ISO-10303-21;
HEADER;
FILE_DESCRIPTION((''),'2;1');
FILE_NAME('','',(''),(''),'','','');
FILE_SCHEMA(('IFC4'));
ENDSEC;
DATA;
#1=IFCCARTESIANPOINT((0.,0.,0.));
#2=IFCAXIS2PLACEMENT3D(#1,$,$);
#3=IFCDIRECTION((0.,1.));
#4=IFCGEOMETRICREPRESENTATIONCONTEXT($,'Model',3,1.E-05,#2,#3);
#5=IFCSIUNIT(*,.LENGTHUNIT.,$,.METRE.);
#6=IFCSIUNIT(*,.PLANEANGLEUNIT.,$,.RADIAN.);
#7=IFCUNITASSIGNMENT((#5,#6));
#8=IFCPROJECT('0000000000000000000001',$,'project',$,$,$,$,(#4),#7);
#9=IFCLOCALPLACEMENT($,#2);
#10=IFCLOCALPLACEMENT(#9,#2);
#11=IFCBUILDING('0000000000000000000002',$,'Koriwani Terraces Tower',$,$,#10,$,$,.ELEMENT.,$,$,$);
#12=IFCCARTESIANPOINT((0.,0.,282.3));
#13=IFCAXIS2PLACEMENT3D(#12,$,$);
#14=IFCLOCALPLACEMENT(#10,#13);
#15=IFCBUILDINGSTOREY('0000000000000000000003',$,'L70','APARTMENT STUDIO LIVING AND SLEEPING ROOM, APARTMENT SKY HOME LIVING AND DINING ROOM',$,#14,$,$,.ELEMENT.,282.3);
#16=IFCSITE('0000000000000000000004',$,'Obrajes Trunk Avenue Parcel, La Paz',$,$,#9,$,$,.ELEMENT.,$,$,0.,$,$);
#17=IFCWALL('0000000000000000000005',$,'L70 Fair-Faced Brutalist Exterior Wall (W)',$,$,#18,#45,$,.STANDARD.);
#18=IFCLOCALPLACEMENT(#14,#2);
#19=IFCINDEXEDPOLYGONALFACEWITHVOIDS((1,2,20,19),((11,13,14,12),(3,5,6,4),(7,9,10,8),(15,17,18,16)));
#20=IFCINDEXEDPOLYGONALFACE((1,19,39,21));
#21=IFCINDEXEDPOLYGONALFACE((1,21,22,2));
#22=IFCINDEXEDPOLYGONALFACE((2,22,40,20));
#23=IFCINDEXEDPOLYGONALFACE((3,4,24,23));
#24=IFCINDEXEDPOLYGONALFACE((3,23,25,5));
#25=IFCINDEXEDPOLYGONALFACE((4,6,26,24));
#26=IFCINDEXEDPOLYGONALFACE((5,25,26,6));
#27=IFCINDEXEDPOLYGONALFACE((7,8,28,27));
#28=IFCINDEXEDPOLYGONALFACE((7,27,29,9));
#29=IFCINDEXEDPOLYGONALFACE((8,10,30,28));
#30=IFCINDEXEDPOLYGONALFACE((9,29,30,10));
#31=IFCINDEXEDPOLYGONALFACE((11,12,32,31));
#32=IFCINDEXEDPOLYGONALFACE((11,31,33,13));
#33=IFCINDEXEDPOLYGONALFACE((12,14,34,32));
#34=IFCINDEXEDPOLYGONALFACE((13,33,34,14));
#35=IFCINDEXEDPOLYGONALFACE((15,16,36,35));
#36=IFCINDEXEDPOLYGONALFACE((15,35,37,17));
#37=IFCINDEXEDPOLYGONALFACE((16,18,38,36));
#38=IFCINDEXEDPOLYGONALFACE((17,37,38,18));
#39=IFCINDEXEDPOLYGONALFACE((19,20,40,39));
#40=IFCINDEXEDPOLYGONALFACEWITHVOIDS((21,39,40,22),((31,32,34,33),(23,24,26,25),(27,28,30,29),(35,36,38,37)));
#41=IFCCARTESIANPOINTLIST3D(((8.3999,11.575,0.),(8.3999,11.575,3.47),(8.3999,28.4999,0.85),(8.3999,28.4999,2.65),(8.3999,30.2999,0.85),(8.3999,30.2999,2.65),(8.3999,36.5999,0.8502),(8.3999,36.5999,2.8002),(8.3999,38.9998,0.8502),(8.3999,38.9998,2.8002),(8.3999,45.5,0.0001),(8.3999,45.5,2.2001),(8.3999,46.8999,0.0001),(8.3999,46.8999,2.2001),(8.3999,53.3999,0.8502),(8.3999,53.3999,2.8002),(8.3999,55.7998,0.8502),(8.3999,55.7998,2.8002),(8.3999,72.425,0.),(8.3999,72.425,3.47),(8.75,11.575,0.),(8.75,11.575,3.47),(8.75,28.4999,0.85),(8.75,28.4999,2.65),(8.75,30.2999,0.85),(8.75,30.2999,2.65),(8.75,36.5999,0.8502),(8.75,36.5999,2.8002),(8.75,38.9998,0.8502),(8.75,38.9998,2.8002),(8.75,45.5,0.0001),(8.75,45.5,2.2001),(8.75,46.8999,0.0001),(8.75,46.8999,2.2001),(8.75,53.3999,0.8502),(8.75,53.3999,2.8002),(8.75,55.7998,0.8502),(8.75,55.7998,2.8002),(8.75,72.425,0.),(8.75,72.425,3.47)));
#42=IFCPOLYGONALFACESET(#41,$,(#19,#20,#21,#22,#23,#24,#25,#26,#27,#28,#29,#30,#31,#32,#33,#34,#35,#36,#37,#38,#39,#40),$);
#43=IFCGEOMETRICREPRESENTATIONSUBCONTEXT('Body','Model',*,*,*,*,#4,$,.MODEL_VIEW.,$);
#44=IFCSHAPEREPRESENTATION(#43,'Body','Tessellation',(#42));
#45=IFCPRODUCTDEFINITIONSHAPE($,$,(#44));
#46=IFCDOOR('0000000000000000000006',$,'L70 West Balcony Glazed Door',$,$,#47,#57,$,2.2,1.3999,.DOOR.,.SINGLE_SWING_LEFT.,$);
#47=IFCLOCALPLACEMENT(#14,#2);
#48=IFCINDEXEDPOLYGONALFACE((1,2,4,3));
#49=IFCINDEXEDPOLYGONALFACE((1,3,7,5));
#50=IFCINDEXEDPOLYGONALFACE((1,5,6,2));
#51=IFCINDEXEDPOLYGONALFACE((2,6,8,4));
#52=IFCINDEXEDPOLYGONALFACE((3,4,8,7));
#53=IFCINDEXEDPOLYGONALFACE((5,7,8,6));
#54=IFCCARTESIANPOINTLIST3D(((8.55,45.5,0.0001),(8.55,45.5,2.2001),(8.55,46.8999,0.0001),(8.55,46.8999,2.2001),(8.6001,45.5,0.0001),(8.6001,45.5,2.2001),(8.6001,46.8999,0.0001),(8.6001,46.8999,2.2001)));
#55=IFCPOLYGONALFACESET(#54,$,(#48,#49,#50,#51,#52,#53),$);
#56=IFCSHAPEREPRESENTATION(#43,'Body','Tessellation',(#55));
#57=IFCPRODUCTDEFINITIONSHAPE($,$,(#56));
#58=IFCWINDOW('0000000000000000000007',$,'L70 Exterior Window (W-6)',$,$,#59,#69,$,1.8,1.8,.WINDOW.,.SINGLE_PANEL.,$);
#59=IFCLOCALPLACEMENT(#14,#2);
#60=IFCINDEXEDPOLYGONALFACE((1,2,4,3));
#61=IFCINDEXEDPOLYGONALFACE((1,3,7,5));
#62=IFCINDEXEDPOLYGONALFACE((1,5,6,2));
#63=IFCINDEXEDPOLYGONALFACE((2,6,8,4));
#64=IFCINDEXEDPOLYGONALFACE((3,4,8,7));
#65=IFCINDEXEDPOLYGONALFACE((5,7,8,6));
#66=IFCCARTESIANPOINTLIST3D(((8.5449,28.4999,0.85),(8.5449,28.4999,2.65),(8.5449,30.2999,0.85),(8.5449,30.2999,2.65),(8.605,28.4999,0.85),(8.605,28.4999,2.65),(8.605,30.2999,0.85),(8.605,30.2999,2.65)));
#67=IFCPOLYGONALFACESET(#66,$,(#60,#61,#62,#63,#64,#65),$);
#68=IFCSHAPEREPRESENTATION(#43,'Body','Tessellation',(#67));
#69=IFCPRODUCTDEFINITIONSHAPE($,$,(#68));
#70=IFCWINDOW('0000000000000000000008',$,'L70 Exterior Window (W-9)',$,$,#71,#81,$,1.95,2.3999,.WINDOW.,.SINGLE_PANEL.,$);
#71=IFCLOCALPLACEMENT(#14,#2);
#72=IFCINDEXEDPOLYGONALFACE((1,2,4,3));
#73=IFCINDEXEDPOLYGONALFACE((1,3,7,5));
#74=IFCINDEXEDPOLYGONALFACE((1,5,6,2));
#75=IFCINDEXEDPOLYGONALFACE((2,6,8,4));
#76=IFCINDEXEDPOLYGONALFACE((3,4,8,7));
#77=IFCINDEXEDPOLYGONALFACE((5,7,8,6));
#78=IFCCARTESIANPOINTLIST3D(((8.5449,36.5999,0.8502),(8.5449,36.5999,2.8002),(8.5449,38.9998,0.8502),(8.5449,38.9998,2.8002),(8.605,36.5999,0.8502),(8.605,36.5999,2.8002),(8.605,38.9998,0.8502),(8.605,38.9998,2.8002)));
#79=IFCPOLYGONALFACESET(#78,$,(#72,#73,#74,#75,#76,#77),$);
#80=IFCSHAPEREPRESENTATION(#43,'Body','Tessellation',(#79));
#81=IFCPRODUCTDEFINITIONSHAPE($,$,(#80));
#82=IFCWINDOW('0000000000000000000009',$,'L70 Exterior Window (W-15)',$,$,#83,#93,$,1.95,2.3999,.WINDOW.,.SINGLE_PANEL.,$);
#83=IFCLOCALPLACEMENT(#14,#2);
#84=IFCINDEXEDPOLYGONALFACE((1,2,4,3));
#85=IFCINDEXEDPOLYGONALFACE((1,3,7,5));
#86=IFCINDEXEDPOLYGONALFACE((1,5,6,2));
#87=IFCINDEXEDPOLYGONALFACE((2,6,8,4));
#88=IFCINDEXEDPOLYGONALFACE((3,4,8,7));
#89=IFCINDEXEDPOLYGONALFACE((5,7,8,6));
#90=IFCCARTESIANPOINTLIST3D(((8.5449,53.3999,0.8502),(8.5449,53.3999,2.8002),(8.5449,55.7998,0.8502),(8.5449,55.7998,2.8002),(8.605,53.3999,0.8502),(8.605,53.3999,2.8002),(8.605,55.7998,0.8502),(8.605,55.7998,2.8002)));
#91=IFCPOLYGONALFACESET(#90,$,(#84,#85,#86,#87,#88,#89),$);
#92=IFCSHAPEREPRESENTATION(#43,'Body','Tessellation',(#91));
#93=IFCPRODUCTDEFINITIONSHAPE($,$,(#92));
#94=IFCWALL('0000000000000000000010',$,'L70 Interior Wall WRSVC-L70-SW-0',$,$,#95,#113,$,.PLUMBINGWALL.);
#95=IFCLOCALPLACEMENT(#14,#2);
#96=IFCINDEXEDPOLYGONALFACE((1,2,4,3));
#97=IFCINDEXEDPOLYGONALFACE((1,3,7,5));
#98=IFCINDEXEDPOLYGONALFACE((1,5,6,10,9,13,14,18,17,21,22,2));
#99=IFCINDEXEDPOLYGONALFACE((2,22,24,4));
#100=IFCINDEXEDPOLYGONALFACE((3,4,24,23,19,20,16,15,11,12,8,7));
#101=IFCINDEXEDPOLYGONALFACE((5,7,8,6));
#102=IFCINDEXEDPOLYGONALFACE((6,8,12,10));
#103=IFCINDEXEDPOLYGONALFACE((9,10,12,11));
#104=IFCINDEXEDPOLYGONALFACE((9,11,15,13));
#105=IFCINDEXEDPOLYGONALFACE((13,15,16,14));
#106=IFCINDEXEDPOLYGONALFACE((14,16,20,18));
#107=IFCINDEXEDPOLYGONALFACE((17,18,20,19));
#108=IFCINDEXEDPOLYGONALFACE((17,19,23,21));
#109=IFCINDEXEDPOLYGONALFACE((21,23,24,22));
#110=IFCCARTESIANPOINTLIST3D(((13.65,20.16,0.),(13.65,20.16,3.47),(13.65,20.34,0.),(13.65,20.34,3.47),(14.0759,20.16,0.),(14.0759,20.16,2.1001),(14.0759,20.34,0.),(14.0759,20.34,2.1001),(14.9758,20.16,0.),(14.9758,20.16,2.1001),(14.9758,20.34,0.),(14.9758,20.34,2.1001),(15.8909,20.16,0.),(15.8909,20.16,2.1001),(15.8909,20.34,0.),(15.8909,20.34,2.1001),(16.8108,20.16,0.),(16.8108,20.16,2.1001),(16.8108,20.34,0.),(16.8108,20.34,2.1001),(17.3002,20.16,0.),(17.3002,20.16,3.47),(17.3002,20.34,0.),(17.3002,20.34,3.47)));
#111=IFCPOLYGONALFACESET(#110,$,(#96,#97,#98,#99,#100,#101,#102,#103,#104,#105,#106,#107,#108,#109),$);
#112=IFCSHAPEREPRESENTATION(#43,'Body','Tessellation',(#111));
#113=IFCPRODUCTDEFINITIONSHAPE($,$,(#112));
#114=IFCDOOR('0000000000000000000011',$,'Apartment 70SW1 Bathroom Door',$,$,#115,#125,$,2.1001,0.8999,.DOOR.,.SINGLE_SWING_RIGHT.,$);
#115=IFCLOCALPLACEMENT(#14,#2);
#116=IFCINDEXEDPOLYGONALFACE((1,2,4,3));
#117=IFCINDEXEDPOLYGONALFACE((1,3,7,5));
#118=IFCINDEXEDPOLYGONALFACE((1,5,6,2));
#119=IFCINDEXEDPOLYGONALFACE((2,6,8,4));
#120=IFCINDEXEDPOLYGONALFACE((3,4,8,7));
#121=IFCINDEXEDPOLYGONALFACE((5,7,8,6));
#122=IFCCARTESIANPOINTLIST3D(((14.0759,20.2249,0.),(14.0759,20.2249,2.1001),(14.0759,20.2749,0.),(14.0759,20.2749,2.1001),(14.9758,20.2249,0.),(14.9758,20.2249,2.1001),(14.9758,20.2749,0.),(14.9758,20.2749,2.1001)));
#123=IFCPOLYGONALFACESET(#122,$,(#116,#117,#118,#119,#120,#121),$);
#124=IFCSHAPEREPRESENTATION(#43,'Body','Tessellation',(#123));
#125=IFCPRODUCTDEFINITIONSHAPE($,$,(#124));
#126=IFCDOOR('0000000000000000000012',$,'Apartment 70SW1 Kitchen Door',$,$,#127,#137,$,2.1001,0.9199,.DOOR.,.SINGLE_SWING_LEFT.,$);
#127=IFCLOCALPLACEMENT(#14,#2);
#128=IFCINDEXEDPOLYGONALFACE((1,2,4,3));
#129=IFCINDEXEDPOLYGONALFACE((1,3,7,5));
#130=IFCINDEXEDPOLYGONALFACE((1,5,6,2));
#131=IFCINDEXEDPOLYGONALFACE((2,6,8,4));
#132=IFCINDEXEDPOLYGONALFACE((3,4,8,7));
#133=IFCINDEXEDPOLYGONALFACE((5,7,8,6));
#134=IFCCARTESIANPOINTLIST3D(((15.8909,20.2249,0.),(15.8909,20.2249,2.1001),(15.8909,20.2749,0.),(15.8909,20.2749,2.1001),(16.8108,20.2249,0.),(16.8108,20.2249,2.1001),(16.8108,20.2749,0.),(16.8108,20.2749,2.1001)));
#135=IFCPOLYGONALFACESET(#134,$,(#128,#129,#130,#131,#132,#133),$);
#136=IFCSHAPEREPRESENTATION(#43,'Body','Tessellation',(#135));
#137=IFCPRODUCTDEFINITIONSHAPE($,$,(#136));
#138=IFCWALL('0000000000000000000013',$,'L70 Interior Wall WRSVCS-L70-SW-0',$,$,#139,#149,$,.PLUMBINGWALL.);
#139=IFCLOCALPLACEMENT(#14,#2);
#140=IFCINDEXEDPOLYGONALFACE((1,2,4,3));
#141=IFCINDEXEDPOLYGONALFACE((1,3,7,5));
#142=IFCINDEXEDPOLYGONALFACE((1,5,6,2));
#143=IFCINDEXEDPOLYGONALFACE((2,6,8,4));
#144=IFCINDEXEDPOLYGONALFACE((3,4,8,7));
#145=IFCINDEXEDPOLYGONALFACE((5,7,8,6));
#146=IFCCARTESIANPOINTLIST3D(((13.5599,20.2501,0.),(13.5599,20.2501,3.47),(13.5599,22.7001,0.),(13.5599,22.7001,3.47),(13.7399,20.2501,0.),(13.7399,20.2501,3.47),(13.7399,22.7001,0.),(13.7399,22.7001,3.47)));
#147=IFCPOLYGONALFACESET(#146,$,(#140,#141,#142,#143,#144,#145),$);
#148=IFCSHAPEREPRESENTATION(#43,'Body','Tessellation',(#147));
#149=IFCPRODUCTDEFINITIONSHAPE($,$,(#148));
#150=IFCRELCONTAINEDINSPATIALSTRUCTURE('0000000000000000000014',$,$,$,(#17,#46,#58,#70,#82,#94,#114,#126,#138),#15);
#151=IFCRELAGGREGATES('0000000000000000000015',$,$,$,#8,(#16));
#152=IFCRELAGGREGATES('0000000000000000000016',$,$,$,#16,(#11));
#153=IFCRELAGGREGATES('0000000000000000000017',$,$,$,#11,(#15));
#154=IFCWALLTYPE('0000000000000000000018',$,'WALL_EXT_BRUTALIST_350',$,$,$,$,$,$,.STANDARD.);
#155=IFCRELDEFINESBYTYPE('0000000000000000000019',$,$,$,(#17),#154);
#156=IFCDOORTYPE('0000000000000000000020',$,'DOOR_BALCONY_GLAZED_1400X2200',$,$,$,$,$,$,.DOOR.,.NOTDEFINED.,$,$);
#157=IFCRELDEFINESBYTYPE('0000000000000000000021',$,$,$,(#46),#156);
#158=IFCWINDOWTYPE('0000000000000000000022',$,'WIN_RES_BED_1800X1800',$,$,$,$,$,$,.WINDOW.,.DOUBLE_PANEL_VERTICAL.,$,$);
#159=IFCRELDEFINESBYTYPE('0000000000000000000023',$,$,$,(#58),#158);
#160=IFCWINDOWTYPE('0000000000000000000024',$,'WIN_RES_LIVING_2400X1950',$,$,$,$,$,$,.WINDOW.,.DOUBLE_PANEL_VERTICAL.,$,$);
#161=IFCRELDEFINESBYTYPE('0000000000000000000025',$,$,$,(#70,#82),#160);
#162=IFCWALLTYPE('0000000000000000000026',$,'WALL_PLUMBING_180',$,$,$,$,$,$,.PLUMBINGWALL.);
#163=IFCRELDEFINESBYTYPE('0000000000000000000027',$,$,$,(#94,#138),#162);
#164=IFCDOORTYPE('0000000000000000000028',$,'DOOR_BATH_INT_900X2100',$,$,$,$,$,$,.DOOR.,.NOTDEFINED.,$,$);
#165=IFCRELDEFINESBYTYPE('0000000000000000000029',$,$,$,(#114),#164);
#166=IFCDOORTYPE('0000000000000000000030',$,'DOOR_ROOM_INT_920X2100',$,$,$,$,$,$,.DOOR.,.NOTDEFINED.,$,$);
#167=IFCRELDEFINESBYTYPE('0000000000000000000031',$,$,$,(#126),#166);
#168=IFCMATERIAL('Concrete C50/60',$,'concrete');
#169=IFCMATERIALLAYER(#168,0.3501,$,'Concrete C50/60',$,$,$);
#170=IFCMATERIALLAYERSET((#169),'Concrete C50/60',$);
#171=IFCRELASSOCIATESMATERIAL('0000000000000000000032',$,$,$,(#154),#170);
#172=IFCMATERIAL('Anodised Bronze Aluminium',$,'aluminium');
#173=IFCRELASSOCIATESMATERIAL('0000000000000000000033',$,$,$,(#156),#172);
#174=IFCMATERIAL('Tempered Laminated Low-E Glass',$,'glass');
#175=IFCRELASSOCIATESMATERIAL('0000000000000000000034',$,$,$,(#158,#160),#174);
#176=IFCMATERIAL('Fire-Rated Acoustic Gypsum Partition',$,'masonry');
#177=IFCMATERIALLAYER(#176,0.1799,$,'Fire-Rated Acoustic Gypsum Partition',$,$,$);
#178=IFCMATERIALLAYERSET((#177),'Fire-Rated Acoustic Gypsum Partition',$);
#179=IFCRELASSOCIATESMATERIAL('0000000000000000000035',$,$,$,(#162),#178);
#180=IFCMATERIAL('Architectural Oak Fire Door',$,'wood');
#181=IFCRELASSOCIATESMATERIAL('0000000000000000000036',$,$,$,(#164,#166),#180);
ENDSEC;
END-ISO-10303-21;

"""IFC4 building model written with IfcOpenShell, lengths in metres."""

from ifc_helpers import new_model, si_unit, direction, frame, frame_2d, origin, place, context, subcontext, project, spatial, rectangle, extrude, material, layer, layer_set, type_object, element, fill, save


model = new_model("IFC4")

# Units and contexts
model_context = context("Model", 3, precision=1e-05, world=origin(), true_north=direction((0.0, 1.0)))
body_context = subcontext(model_context, "Body", "Model", "MODEL_VIEW")
ifc_project = project(units=[si_unit("LENGTHUNIT", "METRE"), si_unit("PLANEANGLEUNIT", "RADIAN")], contexts=[model_context])

# Site, building, storey
site_placement = place(None, origin())
site = spatial("IfcSite", under=ifc_project, at=site_placement, Name="Obrajes Trunk Avenue Parcel, La Paz", CompositionType="ELEMENT", RefElevation=0.0)
building_placement = place(site_placement, origin())
building = spatial("IfcBuilding", under=site, at=building_placement, Name="Koriwani Terraces Tower", CompositionType="ELEMENT")
storey_placement = place(building_placement, frame((0.0, 0.0, 282.3)))
storey = spatial("IfcBuildingStorey", under=building, at=storey_placement, Name="L70", Description="APARTMENT STUDIO LIVING AND SLEEPING ROOM, APARTMENT SKY HOME LIVING AND DINING ROOM", CompositionType="ELEMENT", Elevation=282.3)

# Shared definitions
ifc_material_1 = material(Name="Concrete C50/60", Category="concrete")

# Shared definitions
ifc_material_2 = material(Name="Architectural Oak Fire Door", Category="wood")

# Shared definitions
ifc_layer_1 = layer(ifc_material_1, 0.3501, Name="Concrete C50/60")
ifc_layer_set_1 = layer_set([ifc_layer_1], Name="Concrete C50/60")
wall_type_1 = type_object("IfcWallType", Name="WALL_EXT_BRUTALIST_350", PredefinedType="STANDARD", material=ifc_layer_set_1)

# Wall, openings, door, windows
wall_1_placement = place(storey_placement, frame((8.575, 11.575, 0.0), z_axis=(0.0, 0.0, 1.0), x_axis=(0.0, 1.0, 0.0)))
wall_1 = element("IfcWall", 1, at=wall_1_placement, inside=storey, type_object=wall_type_1, Name="L70 Fair-Faced Brutalist Exterior Wall (W)", PredefinedType="STANDARD", context=body_context, shape_type="SweptSolid", body=[
    extrude(rectangle(XDim=60.8501, YDim=0.3501, at=frame_2d((30.425, 0.0))), origin(), (0.0, 0.0, 1.0), 3.47),
])
opening_1_placement = place(wall_1_placement, frame((33.925, 0.0, 0.0)))
opening_1 = element("IfcOpeningElement", 2, at=opening_1_placement, cuts=wall_1, PredefinedType="OPENING", context=body_context, shape_type="SweptSolid", body=[
    extrude(rectangle(XDim=1.3999, YDim=2.2, at=frame_2d((0.7, 1.1001))), frame((0.0, 0.1851, 0.0), z_axis=(0.0, -1.0, 0.0), x_axis=(1.0, 0.0, 0.0)), (0.0, 0.0, 1.0), 0.3701),
])
opening_2_placement = place(wall_1_placement, frame((16.925, 0.0, 0.8501)))
opening_2 = element("IfcOpeningElement", 3, at=opening_2_placement, cuts=wall_1, PredefinedType="OPENING", context=body_context, shape_type="SweptSolid", body=[
    extrude(rectangle(XDim=1.8, YDim=1.8, at=frame_2d((0.8999, 0.8999))), frame((0.0, 0.1851, 0.0), z_axis=(0.0, -1.0, 0.0), x_axis=(1.0, 0.0, 0.0)), (0.0, 0.0, 1.0), 0.3701),
])
opening_3_placement = place(wall_1_placement, frame((25.0249, 0.0, 0.8501)))
opening_3 = element("IfcOpeningElement", 4, at=opening_3_placement, cuts=wall_1, PredefinedType="OPENING", context=body_context, shape_type="SweptSolid", body=[
    extrude(rectangle(XDim=2.3999, YDim=1.95, at=frame_2d((1.2, 0.9751))), frame((0.0, 0.1851, 0.0), z_axis=(0.0, -1.0, 0.0), x_axis=(1.0, 0.0, 0.0)), (0.0, 0.0, 1.0), 0.3701),
])
opening_4_placement = place(wall_1_placement, frame((41.825, 0.0, 0.8501)))
opening_4 = element("IfcOpeningElement", 5, at=opening_4_placement, cuts=wall_1, PredefinedType="OPENING", context=body_context, shape_type="SweptSolid", body=[
    extrude(rectangle(XDim=2.3999, YDim=1.95, at=frame_2d((1.2, 0.9751))), frame((0.0, 0.1851, 0.0), z_axis=(0.0, -1.0, 0.0), x_axis=(1.0, 0.0, 0.0)), (0.0, 0.0, 1.0), 0.3701),
])
ifc_material_3 = material(Name="Anodised Bronze Aluminium", Category="aluminium")
door_type_1 = type_object("IfcDoorType", Name="DOOR_BALCONY_GLAZED_1400X2200", OperationType="NOTDEFINED", PredefinedType="DOOR", material=ifc_material_3)
door_1_placement = place(opening_1_placement, origin())
door_1 = element("IfcDoor", 6, at=door_1_placement, inside=storey, type_object=door_type_1, Name="L70 West Balcony Glazed Door", OperationType="SINGLE_SWING_LEFT", OverallHeight=2.2, OverallWidth=1.3999, PredefinedType="DOOR", context=body_context, shape_type="SweptSolid", body=[
    extrude(rectangle(XDim=1.3999, YDim=2.2, at=frame_2d((0.7, 1.1001))), frame((0.0, 0.0249, 0.0), z_axis=(0.0, -1.0, 0.0), x_axis=(1.0, 0.0, 0.0)), (0.0, 0.0, 1.0), 0.05),
])
fill(opening_1, door_1)
ifc_material_4 = material(Name="Tempered Laminated Low-E Glass", Category="glass")
window_type_1 = type_object("IfcWindowType", Name="WIN_RES_BED_1800X1800", PartitioningType="DOUBLE_PANEL_VERTICAL", PredefinedType="WINDOW", material=ifc_material_4)
window_1_placement = place(opening_2_placement, origin())
window_1 = element("IfcWindow", 7, at=window_1_placement, inside=storey, type_object=window_type_1, Name="L70 Exterior Window (W-6)", OverallHeight=1.8, OverallWidth=1.8, PartitioningType="SINGLE_PANEL", PredefinedType="WINDOW", context=body_context, shape_type="SweptSolid", body=[
    extrude(rectangle(XDim=1.8, YDim=1.8, at=frame_2d((0.8999, 0.8999))), frame((0.0, 0.03, 0.0), z_axis=(0.0, -1.0, 0.0), x_axis=(1.0, 0.0, 0.0)), (0.0, 0.0, 1.0), 0.0601),
])
fill(opening_2, window_1)
window_type_2 = type_object("IfcWindowType", Name="WIN_RES_LIVING_2400X1950", PartitioningType="DOUBLE_PANEL_VERTICAL", PredefinedType="WINDOW", material=ifc_material_4)
window_2_placement = place(opening_3_placement, origin())
window_2 = element("IfcWindow", 8, at=window_2_placement, inside=storey, type_object=window_type_2, Name="L70 Exterior Window (W-9)", OverallHeight=1.95, OverallWidth=2.3999, PartitioningType="SINGLE_PANEL", PredefinedType="WINDOW", context=body_context, shape_type="SweptSolid", body=[
    extrude(rectangle(XDim=2.3999, YDim=1.95, at=frame_2d((1.2, 0.9751))), frame((0.0, 0.03, 0.0), z_axis=(0.0, -1.0, 0.0), x_axis=(1.0, 0.0, 0.0)), (0.0, 0.0, 1.0), 0.0601),
])
fill(opening_3, window_2)
window_3_placement = place(opening_4_placement, origin())
window_3 = element("IfcWindow", 9, at=window_3_placement, inside=storey, type_object=window_type_2, Name="L70 Exterior Window (W-15)", OverallHeight=1.95, OverallWidth=2.3999, PartitioningType="SINGLE_PANEL", PredefinedType="WINDOW", context=body_context, shape_type="SweptSolid", body=[
    extrude(rectangle(XDim=2.3999, YDim=1.95, at=frame_2d((1.2, 0.9751))), frame((0.0, 0.03, 0.0), z_axis=(0.0, -1.0, 0.0), x_axis=(1.0, 0.0, 0.0)), (0.0, 0.0, 1.0), 0.0601),
])
fill(opening_4, window_3)

# Wall, openings, doors
ifc_material_5 = material(Name="Fire-Rated Acoustic Gypsum Partition", Category="masonry")
ifc_layer_2 = layer(ifc_material_5, 0.1799, Name="Fire-Rated Acoustic Gypsum Partition")
ifc_layer_set_2 = layer_set([ifc_layer_2], Name="Fire-Rated Acoustic Gypsum Partition")
wall_type_2 = type_object("IfcWallType", Name="WALL_PLUMBING_180", PredefinedType="PLUMBINGWALL", material=ifc_layer_set_2)
wall_2_placement = place(storey_placement, frame((13.6499, 20.25, 0.0), z_axis=(0.0, 0.0, 1.0), x_axis=(1.0, 0.0, 0.0)))
wall_2 = element("IfcWall", 10, at=wall_2_placement, inside=storey, type_object=wall_type_2, Name="L70 Interior Wall WRSVC-L70-SW-0", PredefinedType="PLUMBINGWALL", context=body_context, shape_type="SweptSolid", body=[
    extrude(rectangle(XDim=3.6501, YDim=0.1799, at=frame_2d((1.8252, 0.0))), origin(), (0.0, 0.0, 1.0), 3.47),
])
opening_5_placement = place(wall_2_placement, frame((0.426, 0.0, 0.0)))
opening_5 = element("IfcOpeningElement", 11, at=opening_5_placement, cuts=wall_2, PredefinedType="OPENING", context=body_context, shape_type="SweptSolid", body=[
    extrude(rectangle(XDim=0.8999, YDim=2.1001, at=frame_2d((0.45, 1.05))), frame((0.0, 0.1001, 0.0), z_axis=(0.0, -1.0, 0.0), x_axis=(1.0, 0.0, 0.0)), (0.0, 0.0, 1.0), 0.2),
])
opening_6_placement = place(wall_2_placement, frame((2.241, 0.0, 0.0)))
opening_6 = element("IfcOpeningElement", 12, at=opening_6_placement, cuts=wall_2, PredefinedType="OPENING", context=body_context, shape_type="SweptSolid", body=[
    extrude(rectangle(XDim=0.9199, YDim=2.1001, at=frame_2d((0.46, 1.05))), frame((0.0, 0.1001, 0.0), z_axis=(0.0, -1.0, 0.0), x_axis=(1.0, 0.0, 0.0)), (0.0, 0.0, 1.0), 0.2),
])
door_type_2 = type_object("IfcDoorType", Name="DOOR_BATH_INT_900X2100", OperationType="NOTDEFINED", PredefinedType="DOOR", material=ifc_material_2)
door_2_placement = place(opening_5_placement, origin())
door_2 = element("IfcDoor", 13, at=door_2_placement, inside=storey, type_object=door_type_2, Name="Apartment 70SW1 Bathroom Door", OperationType="SINGLE_SWING_RIGHT", OverallHeight=2.1001, OverallWidth=0.8999, PredefinedType="DOOR", context=body_context, shape_type="SweptSolid", body=[
    extrude(rectangle(XDim=0.8999, YDim=2.1001, at=frame_2d((0.45, 1.05))), frame((0.0, 0.0249, 0.0), z_axis=(0.0, -1.0, 0.0), x_axis=(1.0, 0.0, 0.0)), (0.0, 0.0, 1.0), 0.05),
])
fill(opening_5, door_2)
door_type_3 = type_object("IfcDoorType", Name="DOOR_ROOM_INT_920X2100", OperationType="NOTDEFINED", PredefinedType="DOOR", material=ifc_material_2)
door_3_placement = place(opening_6_placement, origin())
door_3 = element("IfcDoor", 14, at=door_3_placement, inside=storey, type_object=door_type_3, Name="Apartment 70SW1 Kitchen Door", OperationType="SINGLE_SWING_LEFT", OverallHeight=2.1001, OverallWidth=0.9199, PredefinedType="DOOR", context=body_context, shape_type="SweptSolid", body=[
    extrude(rectangle(XDim=0.9199, YDim=2.1001, at=frame_2d((0.46, 1.05))), frame((0.0, 0.0249, 0.0), z_axis=(0.0, -1.0, 0.0), x_axis=(1.0, 0.0, 0.0)), (0.0, 0.0, 1.0), 0.05),
])
fill(opening_6, door_3)

# Wall
wall_3_placement = place(storey_placement, frame((13.6499, 20.25, 0.0), z_axis=(0.0, 0.0, 1.0), x_axis=(0.0, 1.0, 0.0)))
element("IfcWall", 15, at=wall_3_placement, inside=storey, type_object=wall_type_2, Name="L70 Interior Wall WRSVCS-L70-SW-0", PredefinedType="PLUMBINGWALL", context=body_context, shape_type="SweptSolid", body=[
    extrude(rectangle(XDim=2.45, YDim=0.1799, at=frame_2d((1.2251, 0.0))), origin(), (0.0, 0.0, 1.0), 3.47),
])

save(model, "model.ifc")
